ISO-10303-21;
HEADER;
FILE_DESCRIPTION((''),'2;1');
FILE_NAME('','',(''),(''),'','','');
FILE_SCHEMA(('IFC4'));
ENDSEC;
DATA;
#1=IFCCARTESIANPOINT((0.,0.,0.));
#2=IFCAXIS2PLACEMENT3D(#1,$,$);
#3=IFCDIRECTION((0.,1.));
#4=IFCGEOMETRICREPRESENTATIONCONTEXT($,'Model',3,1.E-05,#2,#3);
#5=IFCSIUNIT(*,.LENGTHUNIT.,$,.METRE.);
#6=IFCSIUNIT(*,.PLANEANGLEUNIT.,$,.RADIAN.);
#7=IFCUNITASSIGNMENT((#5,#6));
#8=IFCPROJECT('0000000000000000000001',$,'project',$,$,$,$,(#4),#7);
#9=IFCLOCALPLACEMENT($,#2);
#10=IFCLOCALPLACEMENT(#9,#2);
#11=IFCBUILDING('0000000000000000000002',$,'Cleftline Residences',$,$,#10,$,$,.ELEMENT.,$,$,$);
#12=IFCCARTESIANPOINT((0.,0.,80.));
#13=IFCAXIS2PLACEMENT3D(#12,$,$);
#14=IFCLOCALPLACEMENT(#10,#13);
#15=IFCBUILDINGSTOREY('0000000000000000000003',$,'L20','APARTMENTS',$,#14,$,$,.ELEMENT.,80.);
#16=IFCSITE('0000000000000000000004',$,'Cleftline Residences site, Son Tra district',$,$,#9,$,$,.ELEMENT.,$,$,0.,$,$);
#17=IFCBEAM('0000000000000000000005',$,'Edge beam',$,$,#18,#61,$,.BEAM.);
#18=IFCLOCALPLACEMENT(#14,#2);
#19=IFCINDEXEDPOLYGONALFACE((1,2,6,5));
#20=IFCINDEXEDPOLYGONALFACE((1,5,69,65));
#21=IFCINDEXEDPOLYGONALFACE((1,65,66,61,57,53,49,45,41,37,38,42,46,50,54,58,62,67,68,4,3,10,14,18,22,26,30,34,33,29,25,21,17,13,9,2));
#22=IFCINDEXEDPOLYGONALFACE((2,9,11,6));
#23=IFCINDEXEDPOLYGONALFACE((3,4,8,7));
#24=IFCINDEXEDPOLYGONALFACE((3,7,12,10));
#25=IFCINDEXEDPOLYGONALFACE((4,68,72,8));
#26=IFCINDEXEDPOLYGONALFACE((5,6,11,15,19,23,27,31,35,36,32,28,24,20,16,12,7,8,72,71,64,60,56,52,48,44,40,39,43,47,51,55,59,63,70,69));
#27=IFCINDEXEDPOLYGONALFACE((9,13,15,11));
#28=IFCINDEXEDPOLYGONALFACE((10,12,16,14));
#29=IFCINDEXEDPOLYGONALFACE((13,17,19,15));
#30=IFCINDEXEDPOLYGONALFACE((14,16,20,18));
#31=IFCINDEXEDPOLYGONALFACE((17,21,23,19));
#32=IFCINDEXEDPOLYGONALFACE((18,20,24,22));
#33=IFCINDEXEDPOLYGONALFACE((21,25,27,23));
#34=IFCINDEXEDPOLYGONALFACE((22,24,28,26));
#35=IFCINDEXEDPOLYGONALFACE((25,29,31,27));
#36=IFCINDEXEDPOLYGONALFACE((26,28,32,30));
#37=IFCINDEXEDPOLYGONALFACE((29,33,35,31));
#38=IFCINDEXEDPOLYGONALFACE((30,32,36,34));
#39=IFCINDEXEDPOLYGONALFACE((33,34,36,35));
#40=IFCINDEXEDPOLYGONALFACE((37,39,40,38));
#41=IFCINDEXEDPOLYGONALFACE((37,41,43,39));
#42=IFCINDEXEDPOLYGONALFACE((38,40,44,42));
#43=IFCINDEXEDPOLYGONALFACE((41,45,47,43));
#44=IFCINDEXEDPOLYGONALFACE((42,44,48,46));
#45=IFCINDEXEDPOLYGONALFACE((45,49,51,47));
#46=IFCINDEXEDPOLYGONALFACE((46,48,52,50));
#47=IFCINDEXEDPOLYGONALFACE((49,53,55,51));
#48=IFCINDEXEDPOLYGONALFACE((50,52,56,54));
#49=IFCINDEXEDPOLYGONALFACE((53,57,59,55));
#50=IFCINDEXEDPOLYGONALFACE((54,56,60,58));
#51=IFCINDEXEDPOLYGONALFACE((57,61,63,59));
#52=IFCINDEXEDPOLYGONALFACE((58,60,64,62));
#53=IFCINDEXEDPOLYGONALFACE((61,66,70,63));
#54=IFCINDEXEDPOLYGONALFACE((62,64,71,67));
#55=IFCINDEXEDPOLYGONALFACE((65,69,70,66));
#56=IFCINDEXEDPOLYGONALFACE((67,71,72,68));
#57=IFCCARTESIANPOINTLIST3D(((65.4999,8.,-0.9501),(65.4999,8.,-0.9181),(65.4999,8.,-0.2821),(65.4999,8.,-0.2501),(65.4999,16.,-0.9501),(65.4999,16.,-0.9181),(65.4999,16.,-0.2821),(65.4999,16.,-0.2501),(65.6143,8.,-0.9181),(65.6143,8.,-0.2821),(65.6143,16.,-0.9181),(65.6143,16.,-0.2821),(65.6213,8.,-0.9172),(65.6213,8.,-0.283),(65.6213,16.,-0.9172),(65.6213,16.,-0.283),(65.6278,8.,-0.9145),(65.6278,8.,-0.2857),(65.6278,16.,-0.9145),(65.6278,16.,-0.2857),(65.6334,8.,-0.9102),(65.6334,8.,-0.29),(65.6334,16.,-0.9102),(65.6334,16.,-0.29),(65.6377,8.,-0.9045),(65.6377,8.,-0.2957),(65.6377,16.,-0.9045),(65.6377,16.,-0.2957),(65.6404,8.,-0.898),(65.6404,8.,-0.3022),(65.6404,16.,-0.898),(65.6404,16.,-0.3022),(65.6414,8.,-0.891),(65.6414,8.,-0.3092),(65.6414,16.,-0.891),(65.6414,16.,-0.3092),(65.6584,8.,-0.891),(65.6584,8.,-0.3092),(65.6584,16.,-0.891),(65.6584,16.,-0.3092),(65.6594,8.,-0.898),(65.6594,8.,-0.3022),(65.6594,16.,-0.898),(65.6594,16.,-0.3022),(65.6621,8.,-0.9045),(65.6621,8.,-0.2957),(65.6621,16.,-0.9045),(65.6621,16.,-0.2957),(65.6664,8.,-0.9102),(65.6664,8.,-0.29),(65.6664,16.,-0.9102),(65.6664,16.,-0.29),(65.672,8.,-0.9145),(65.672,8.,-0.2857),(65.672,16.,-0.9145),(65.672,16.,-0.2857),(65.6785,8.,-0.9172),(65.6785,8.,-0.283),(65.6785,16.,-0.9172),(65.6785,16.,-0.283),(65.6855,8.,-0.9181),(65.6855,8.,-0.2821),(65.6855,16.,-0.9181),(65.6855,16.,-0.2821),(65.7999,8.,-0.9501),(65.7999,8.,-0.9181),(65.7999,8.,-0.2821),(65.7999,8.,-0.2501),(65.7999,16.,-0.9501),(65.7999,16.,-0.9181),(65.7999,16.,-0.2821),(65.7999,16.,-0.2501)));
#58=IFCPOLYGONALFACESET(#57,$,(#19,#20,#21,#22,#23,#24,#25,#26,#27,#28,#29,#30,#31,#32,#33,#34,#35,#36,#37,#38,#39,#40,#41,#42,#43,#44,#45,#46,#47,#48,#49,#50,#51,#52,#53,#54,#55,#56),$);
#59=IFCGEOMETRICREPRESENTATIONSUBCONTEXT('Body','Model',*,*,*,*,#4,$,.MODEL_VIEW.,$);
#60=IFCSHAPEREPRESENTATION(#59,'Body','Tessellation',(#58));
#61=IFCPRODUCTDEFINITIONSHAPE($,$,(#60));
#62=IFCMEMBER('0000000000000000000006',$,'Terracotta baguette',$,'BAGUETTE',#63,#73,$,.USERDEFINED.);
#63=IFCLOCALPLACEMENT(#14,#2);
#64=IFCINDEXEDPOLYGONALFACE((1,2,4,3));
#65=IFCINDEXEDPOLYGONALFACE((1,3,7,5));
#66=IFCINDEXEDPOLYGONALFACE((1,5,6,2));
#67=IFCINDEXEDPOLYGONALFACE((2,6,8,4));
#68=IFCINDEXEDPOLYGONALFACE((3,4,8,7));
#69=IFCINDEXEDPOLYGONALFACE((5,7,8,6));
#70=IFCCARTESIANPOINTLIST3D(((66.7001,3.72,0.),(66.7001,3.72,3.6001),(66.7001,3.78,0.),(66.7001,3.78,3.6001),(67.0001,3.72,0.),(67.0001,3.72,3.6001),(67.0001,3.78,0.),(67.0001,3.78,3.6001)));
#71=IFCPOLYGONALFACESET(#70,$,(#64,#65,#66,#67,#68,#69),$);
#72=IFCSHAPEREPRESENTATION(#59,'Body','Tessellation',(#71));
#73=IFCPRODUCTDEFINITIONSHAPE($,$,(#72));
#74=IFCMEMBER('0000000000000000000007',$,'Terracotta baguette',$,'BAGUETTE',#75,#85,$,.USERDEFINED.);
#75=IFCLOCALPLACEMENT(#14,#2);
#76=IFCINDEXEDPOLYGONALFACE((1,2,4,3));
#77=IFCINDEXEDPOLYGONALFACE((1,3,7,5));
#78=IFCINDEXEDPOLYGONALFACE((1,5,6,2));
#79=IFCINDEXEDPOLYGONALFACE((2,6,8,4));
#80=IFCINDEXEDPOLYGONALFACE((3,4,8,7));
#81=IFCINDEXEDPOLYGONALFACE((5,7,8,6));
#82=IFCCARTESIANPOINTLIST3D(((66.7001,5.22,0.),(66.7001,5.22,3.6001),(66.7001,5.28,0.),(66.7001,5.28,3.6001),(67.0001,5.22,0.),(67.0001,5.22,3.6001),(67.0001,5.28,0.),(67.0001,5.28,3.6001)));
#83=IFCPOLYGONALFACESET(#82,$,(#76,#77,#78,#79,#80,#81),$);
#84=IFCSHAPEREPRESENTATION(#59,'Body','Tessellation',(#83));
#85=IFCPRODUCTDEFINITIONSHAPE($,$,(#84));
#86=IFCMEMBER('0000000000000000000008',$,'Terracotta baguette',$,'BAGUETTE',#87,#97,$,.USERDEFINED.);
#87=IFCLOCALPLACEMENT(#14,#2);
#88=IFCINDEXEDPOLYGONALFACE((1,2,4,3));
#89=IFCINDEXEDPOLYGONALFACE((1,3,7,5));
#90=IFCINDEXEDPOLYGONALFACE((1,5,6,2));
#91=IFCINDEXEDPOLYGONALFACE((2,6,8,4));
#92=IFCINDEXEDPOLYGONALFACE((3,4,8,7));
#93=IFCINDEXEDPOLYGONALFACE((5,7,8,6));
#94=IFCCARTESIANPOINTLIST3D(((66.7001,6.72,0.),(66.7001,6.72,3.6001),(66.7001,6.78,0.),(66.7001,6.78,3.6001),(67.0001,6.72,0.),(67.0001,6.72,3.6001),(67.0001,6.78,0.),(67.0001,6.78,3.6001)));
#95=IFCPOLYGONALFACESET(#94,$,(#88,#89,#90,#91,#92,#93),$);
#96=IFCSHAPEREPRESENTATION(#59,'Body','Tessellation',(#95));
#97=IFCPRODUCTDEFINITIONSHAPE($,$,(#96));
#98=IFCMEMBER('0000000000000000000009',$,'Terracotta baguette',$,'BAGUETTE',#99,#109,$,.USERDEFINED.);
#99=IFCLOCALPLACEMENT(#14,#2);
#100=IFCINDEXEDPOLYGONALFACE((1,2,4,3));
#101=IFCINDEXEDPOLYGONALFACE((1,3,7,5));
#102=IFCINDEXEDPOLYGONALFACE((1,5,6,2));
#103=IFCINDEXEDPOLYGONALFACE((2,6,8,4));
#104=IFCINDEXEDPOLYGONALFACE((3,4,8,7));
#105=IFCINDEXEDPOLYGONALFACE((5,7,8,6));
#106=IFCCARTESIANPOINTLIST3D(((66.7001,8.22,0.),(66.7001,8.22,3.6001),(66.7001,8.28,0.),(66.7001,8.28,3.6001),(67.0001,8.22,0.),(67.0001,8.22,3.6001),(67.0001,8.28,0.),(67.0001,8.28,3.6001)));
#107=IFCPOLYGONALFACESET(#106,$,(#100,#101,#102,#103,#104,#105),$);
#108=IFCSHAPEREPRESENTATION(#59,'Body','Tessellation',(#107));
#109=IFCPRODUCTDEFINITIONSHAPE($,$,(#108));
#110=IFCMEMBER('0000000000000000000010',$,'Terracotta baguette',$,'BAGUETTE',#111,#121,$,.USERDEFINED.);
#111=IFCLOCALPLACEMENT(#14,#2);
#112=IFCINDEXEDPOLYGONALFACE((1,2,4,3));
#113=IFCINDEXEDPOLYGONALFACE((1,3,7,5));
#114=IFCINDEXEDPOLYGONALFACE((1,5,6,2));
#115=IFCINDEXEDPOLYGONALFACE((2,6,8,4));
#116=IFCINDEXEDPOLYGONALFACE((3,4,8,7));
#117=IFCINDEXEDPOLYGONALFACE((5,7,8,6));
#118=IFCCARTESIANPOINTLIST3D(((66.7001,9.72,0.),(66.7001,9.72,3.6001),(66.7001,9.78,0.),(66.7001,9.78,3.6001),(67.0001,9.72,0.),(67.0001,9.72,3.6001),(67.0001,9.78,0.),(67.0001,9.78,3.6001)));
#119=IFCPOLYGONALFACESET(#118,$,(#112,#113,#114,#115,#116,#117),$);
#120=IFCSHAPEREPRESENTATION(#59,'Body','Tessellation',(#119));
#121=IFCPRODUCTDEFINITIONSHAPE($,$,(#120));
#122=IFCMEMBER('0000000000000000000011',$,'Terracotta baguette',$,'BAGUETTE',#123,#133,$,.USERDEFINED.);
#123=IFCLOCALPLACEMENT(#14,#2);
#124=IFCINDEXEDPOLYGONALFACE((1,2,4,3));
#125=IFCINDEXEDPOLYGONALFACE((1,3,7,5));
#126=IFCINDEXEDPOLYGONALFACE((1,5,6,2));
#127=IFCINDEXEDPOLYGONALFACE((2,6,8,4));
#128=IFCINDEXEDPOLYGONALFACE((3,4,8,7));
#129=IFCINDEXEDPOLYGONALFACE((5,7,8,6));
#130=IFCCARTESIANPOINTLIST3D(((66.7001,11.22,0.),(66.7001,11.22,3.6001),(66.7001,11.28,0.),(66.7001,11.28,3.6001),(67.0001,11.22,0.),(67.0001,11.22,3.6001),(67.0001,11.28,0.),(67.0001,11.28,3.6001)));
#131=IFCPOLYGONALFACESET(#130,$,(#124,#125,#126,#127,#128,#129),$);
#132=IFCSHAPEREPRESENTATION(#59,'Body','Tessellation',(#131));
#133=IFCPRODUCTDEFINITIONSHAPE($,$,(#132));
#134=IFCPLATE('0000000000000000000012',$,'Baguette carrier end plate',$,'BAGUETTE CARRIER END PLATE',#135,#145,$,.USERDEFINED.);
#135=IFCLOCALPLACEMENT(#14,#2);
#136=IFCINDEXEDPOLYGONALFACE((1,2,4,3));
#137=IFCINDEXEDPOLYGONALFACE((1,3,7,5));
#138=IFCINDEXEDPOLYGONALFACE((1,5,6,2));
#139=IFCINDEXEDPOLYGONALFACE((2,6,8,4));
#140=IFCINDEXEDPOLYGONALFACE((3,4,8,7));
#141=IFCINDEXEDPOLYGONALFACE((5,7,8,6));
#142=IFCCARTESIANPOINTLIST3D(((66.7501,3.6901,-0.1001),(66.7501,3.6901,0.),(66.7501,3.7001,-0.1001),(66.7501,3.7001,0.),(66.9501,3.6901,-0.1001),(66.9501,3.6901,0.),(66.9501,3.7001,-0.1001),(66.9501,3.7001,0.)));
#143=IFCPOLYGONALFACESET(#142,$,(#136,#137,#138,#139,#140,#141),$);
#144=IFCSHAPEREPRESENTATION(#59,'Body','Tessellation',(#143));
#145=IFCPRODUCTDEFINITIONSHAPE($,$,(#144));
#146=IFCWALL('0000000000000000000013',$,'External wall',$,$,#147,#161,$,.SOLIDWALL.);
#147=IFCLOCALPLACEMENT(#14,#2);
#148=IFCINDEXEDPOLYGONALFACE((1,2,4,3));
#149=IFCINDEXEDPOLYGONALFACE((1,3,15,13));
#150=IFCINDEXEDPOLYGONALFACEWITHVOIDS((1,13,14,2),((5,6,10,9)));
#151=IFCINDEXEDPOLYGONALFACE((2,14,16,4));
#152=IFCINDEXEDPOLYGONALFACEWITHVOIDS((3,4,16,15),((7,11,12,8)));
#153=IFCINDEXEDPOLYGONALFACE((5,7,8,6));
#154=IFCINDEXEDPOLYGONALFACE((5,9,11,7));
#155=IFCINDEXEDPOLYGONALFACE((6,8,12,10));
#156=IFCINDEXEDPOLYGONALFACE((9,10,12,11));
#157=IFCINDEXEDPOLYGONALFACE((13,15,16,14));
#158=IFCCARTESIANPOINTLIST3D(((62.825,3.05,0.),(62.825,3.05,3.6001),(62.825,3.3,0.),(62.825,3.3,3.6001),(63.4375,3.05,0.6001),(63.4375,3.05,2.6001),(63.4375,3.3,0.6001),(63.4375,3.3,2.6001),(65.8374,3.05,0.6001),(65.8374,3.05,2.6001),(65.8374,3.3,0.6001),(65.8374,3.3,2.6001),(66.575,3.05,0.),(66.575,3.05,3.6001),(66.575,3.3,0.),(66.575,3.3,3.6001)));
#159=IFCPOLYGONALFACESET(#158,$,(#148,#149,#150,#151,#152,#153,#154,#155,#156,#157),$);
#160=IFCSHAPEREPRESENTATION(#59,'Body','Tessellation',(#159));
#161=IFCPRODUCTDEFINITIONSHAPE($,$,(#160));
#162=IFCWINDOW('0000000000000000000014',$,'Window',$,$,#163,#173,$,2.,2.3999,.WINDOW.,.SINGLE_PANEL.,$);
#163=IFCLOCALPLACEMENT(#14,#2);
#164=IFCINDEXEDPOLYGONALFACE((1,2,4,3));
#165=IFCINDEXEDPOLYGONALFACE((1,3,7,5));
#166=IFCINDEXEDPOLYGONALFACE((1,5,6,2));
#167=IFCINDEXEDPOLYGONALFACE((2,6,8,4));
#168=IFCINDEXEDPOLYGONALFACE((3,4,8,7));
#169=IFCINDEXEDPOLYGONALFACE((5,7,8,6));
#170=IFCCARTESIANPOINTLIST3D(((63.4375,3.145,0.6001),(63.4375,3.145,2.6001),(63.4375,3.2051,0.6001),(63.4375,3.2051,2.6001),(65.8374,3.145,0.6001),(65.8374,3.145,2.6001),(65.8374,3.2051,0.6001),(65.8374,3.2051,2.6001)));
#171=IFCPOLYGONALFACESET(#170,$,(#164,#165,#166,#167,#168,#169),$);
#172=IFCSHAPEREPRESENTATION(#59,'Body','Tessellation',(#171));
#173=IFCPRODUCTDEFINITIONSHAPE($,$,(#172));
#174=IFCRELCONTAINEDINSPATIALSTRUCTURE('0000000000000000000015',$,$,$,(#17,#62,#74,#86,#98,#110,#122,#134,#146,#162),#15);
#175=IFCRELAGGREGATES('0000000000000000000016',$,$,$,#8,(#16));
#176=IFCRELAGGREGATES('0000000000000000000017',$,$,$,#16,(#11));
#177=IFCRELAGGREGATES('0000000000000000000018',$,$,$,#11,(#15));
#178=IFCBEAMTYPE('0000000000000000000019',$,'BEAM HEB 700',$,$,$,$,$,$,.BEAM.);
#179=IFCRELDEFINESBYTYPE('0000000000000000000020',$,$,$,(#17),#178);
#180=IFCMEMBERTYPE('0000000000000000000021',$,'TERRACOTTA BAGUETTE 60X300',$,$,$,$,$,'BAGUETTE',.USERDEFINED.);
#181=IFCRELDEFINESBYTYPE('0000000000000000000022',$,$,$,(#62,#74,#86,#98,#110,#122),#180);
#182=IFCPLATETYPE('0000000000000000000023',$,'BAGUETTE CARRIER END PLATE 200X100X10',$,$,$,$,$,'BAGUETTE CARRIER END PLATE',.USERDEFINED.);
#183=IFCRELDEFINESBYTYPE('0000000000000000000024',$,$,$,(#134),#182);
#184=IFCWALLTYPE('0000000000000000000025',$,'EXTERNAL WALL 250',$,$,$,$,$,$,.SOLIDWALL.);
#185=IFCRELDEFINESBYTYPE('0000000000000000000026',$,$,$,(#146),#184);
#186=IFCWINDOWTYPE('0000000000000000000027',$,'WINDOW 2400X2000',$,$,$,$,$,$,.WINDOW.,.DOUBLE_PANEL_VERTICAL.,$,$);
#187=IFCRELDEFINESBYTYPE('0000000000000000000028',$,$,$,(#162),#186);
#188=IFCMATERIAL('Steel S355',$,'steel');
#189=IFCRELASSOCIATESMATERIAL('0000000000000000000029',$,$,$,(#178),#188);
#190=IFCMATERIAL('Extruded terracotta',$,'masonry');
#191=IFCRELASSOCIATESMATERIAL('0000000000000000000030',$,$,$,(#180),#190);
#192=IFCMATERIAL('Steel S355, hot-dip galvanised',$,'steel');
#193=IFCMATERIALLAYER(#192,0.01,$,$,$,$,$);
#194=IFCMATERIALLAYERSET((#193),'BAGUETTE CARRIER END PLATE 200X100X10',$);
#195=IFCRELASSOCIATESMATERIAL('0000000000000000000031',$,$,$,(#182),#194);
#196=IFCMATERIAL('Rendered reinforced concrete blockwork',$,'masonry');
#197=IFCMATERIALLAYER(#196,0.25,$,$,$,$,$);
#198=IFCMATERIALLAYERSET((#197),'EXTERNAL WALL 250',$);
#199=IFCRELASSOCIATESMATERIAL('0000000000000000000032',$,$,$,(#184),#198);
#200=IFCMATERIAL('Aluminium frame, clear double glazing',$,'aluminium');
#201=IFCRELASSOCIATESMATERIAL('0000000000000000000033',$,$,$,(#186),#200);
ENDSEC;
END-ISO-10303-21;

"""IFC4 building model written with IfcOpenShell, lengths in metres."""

from ifc_helpers import new_model, si_unit, direction, frame, frame_2d, origin, origin_2d, place, context, subcontext, project, spatial, rectangle, i_section, extrude, material, layer, layer_set, material_profile, profile_set, type_object, element, fill, save


model = new_model("IFC4")

# Units and contexts
model_context = context("Model", 3, precision=1e-05, world=origin(), true_north=direction((0.0, 1.0)))
body_context = subcontext(model_context, "Body", "Model", "MODEL_VIEW")
ifc_project = project(units=[si_unit("LENGTHUNIT", "METRE"), si_unit("PLANEANGLEUNIT", "RADIAN")], contexts=[model_context])

# Site, building, storey
site_placement = place(None, origin())
site = spatial("IfcSite", under=ifc_project, at=site_placement, Name="Cleftline Residences site, Son Tra district", CompositionType="ELEMENT", RefElevation=0.0)
building_placement = place(site_placement, origin())
building = spatial("IfcBuilding", under=site, at=building_placement, Name="Cleftline Residences", CompositionType="ELEMENT")
storey_placement = place(building_placement, frame((0.0, 0.0, 80.0)))
storey = spatial("IfcBuildingStorey", under=building, at=storey_placement, Name="L20", Description="APARTMENTS", CompositionType="ELEMENT", Elevation=80.0)

# Beam
ifc_material_1 = material(Name="Steel S355", Category="steel")
ifc_material_profile_1 = material_profile(ifc_material_1, i_section(OverallWidth=0.3, OverallDepth=0.7, WebThickness=0.0171, FlangeThickness=0.032, FilletRadius=0.0271, at=origin_2d()))
ifc_profile_set_1 = profile_set([ifc_material_profile_1], Name="Steel S355")
beam_type = type_object("IfcBeamType", Name="BEAM HEB 700", PredefinedType="BEAM", material=ifc_profile_set_1)
beam_placement = place(storey_placement, frame((65.6499, 8.0, -0.6001), z_axis=(0.0, 1.0, 0.0), x_axis=(-1.0, 0.0, 0.0)))
element("IfcBeam", 1, at=beam_placement, inside=storey, type_object=beam_type, Name="Edge beam", PredefinedType="BEAM", context=body_context, shape_type="SweptSolid", body=[
    extrude(i_section(OverallWidth=0.3, OverallDepth=0.7, WebThickness=0.0171, FlangeThickness=0.032, FilletRadius=0.0271, at=origin_2d()), origin(), (0.0, 0.0, 1.0), 8.0),
])

# Members
ifc_material_2 = material(Name="Extruded terracotta", Category="masonry")
ifc_material_profile_2 = material_profile(ifc_material_2, rectangle(XDim=0.0601, YDim=0.3, at=origin_2d()))
ifc_profile_set_2 = profile_set([ifc_material_profile_2], Name="Extruded terracotta")
member_type_1 = type_object("IfcMemberType", Name="TERRACOTTA BAGUETTE 60X300", ElementType="BAGUETTE", PredefinedType="USERDEFINED", material=ifc_profile_set_2)
for number, where, z_axis, x_axis, name in (
    (2, (66.8501, 3.75, 0.0), (0.0, 0.0, 1.0), (0.0, 1.0, 0.0), "Terracotta baguette"),
    (3, (66.8501, 5.25, 0.0), (0.0, 0.0, 1.0), (0.0, 1.0, 0.0), "Terracotta baguette"),
    (4, (66.8501, 6.75, 0.0), (0.0, 0.0, 1.0), (0.0, 1.0, 0.0), "Terracotta baguette"),
    (5, (66.8501, 8.25, 0.0), (0.0, 0.0, 1.0), (0.0, 1.0, 0.0), "Terracotta baguette"),
    (6, (66.8501, 9.75, 0.0), (0.0, 0.0, 1.0), (0.0, 1.0, 0.0), "Terracotta baguette"),
    (7, (66.8501, 11.25, 0.0), (0.0, 0.0, 1.0), (0.0, 1.0, 0.0), "Terracotta baguette"),
):
    element("IfcMember", number, at=place(storey_placement, frame(where, z_axis=z_axis, x_axis=x_axis)), inside=storey, type_object=member_type_1, Name=name, ObjectType="BAGUETTE", PredefinedType="USERDEFINED", context=body_context, shape_type="SweptSolid", body=[
        extrude(rectangle(XDim=0.0601, YDim=0.3, at=origin_2d()), origin(), (0.0, 0.0, 1.0), 3.6001),
    ])

# Plate
ifc_material_3 = material(Name="Steel S355, hot-dip galvanised", Category="steel")
ifc_layer_1 = layer(ifc_material_3, 0.01)
ifc_layer_set_1 = layer_set([ifc_layer_1], Name="BAGUETTE CARRIER END PLATE 200X100X10")
plate_type = type_object("IfcPlateType", Name="BAGUETTE CARRIER END PLATE 200X100X10", ElementType="BAGUETTE CARRIER END PLATE", PredefinedType="USERDEFINED", material=ifc_layer_set_1)
plate_placement = place(storey_placement, frame((66.8501, 3.6951, -0.1001), z_axis=(0.0, 0.0, 1.0), x_axis=(1.0, 0.0, 0.0)))
element("IfcPlate", 8, at=plate_placement, inside=storey, type_object=plate_type, Name="Baguette carrier end plate", ObjectType="BAGUETTE CARRIER END PLATE", PredefinedType="USERDEFINED", context=body_context, shape_type="SweptSolid", body=[
    extrude(rectangle(XDim=0.2, YDim=0.01, at=origin_2d()), origin(), (0.0, 0.0, 1.0), 0.1001),
])

# Wall, opening, window
ifc_material_4 = material(Name="Rendered reinforced concrete blockwork", Category="masonry")
ifc_layer_2 = layer(ifc_material_4, 0.25)
ifc_layer_set_2 = layer_set([ifc_layer_2], Name="EXTERNAL WALL 250")
wall_type = type_object("IfcWallType", Name="EXTERNAL WALL 250", PredefinedType="SOLIDWALL", material=ifc_layer_set_2)
wall_1_placement = place(storey_placement, frame((62.825, 3.175, 0.0), z_axis=(0.0, 0.0, 1.0), x_axis=(1.0, 0.0, 0.0)))
wall_1 = element("IfcWall", 9, at=wall_1_placement, inside=storey, type_object=wall_type, Name="External wall", PredefinedType="SOLIDWALL", context=body_context, shape_type="SweptSolid", body=[
    extrude(rectangle(XDim=3.75, YDim=0.25, at=frame_2d((1.875, 0.0))), origin(), (0.0, 0.0, 1.0), 3.6001),
])
opening_1_placement = place(wall_1_placement, frame((0.6125, 0.0, 0.6001)))
opening_1 = element("IfcOpeningElement", 10, at=opening_1_placement, cuts=wall_1, PredefinedType="OPENING", context=body_context, shape_type="SweptSolid", body=[
    extrude(rectangle(XDim=2.3999, YDim=2.0, at=frame_2d((1.2, 1.0))), frame((0.0, 0.135, 0.0), z_axis=(0.0, -1.0, 0.0), x_axis=(1.0, 0.0, 0.0)), (0.0, 0.0, 1.0), 0.27),
])
ifc_material_5 = material(Name="Aluminium frame, clear double glazing", Category="aluminium")
window_type_1 = type_object("IfcWindowType", Name="WINDOW 2400X2000", PartitioningType="DOUBLE_PANEL_VERTICAL", PredefinedType="WINDOW", material=ifc_material_5)
window_1_placement = place(opening_1_placement, origin())
window_1 = element("IfcWindow", 11, at=window_1_placement, inside=storey, type_object=window_type_1, Name="Window", OverallHeight=2.0, OverallWidth=2.3999, PartitioningType="SINGLE_PANEL", PredefinedType="WINDOW", context=body_context, shape_type="SweptSolid", body=[
    extrude(rectangle(XDim=2.3999, YDim=2.0, at=frame_2d((1.2, 1.0))), frame((0.0, 0.03, 0.0), z_axis=(0.0, -1.0, 0.0), x_axis=(1.0, 0.0, 0.0)), (0.0, 0.0, 1.0), 0.0601),
])
fill(opening_1, window_1)

save(model, "model.ifc")
